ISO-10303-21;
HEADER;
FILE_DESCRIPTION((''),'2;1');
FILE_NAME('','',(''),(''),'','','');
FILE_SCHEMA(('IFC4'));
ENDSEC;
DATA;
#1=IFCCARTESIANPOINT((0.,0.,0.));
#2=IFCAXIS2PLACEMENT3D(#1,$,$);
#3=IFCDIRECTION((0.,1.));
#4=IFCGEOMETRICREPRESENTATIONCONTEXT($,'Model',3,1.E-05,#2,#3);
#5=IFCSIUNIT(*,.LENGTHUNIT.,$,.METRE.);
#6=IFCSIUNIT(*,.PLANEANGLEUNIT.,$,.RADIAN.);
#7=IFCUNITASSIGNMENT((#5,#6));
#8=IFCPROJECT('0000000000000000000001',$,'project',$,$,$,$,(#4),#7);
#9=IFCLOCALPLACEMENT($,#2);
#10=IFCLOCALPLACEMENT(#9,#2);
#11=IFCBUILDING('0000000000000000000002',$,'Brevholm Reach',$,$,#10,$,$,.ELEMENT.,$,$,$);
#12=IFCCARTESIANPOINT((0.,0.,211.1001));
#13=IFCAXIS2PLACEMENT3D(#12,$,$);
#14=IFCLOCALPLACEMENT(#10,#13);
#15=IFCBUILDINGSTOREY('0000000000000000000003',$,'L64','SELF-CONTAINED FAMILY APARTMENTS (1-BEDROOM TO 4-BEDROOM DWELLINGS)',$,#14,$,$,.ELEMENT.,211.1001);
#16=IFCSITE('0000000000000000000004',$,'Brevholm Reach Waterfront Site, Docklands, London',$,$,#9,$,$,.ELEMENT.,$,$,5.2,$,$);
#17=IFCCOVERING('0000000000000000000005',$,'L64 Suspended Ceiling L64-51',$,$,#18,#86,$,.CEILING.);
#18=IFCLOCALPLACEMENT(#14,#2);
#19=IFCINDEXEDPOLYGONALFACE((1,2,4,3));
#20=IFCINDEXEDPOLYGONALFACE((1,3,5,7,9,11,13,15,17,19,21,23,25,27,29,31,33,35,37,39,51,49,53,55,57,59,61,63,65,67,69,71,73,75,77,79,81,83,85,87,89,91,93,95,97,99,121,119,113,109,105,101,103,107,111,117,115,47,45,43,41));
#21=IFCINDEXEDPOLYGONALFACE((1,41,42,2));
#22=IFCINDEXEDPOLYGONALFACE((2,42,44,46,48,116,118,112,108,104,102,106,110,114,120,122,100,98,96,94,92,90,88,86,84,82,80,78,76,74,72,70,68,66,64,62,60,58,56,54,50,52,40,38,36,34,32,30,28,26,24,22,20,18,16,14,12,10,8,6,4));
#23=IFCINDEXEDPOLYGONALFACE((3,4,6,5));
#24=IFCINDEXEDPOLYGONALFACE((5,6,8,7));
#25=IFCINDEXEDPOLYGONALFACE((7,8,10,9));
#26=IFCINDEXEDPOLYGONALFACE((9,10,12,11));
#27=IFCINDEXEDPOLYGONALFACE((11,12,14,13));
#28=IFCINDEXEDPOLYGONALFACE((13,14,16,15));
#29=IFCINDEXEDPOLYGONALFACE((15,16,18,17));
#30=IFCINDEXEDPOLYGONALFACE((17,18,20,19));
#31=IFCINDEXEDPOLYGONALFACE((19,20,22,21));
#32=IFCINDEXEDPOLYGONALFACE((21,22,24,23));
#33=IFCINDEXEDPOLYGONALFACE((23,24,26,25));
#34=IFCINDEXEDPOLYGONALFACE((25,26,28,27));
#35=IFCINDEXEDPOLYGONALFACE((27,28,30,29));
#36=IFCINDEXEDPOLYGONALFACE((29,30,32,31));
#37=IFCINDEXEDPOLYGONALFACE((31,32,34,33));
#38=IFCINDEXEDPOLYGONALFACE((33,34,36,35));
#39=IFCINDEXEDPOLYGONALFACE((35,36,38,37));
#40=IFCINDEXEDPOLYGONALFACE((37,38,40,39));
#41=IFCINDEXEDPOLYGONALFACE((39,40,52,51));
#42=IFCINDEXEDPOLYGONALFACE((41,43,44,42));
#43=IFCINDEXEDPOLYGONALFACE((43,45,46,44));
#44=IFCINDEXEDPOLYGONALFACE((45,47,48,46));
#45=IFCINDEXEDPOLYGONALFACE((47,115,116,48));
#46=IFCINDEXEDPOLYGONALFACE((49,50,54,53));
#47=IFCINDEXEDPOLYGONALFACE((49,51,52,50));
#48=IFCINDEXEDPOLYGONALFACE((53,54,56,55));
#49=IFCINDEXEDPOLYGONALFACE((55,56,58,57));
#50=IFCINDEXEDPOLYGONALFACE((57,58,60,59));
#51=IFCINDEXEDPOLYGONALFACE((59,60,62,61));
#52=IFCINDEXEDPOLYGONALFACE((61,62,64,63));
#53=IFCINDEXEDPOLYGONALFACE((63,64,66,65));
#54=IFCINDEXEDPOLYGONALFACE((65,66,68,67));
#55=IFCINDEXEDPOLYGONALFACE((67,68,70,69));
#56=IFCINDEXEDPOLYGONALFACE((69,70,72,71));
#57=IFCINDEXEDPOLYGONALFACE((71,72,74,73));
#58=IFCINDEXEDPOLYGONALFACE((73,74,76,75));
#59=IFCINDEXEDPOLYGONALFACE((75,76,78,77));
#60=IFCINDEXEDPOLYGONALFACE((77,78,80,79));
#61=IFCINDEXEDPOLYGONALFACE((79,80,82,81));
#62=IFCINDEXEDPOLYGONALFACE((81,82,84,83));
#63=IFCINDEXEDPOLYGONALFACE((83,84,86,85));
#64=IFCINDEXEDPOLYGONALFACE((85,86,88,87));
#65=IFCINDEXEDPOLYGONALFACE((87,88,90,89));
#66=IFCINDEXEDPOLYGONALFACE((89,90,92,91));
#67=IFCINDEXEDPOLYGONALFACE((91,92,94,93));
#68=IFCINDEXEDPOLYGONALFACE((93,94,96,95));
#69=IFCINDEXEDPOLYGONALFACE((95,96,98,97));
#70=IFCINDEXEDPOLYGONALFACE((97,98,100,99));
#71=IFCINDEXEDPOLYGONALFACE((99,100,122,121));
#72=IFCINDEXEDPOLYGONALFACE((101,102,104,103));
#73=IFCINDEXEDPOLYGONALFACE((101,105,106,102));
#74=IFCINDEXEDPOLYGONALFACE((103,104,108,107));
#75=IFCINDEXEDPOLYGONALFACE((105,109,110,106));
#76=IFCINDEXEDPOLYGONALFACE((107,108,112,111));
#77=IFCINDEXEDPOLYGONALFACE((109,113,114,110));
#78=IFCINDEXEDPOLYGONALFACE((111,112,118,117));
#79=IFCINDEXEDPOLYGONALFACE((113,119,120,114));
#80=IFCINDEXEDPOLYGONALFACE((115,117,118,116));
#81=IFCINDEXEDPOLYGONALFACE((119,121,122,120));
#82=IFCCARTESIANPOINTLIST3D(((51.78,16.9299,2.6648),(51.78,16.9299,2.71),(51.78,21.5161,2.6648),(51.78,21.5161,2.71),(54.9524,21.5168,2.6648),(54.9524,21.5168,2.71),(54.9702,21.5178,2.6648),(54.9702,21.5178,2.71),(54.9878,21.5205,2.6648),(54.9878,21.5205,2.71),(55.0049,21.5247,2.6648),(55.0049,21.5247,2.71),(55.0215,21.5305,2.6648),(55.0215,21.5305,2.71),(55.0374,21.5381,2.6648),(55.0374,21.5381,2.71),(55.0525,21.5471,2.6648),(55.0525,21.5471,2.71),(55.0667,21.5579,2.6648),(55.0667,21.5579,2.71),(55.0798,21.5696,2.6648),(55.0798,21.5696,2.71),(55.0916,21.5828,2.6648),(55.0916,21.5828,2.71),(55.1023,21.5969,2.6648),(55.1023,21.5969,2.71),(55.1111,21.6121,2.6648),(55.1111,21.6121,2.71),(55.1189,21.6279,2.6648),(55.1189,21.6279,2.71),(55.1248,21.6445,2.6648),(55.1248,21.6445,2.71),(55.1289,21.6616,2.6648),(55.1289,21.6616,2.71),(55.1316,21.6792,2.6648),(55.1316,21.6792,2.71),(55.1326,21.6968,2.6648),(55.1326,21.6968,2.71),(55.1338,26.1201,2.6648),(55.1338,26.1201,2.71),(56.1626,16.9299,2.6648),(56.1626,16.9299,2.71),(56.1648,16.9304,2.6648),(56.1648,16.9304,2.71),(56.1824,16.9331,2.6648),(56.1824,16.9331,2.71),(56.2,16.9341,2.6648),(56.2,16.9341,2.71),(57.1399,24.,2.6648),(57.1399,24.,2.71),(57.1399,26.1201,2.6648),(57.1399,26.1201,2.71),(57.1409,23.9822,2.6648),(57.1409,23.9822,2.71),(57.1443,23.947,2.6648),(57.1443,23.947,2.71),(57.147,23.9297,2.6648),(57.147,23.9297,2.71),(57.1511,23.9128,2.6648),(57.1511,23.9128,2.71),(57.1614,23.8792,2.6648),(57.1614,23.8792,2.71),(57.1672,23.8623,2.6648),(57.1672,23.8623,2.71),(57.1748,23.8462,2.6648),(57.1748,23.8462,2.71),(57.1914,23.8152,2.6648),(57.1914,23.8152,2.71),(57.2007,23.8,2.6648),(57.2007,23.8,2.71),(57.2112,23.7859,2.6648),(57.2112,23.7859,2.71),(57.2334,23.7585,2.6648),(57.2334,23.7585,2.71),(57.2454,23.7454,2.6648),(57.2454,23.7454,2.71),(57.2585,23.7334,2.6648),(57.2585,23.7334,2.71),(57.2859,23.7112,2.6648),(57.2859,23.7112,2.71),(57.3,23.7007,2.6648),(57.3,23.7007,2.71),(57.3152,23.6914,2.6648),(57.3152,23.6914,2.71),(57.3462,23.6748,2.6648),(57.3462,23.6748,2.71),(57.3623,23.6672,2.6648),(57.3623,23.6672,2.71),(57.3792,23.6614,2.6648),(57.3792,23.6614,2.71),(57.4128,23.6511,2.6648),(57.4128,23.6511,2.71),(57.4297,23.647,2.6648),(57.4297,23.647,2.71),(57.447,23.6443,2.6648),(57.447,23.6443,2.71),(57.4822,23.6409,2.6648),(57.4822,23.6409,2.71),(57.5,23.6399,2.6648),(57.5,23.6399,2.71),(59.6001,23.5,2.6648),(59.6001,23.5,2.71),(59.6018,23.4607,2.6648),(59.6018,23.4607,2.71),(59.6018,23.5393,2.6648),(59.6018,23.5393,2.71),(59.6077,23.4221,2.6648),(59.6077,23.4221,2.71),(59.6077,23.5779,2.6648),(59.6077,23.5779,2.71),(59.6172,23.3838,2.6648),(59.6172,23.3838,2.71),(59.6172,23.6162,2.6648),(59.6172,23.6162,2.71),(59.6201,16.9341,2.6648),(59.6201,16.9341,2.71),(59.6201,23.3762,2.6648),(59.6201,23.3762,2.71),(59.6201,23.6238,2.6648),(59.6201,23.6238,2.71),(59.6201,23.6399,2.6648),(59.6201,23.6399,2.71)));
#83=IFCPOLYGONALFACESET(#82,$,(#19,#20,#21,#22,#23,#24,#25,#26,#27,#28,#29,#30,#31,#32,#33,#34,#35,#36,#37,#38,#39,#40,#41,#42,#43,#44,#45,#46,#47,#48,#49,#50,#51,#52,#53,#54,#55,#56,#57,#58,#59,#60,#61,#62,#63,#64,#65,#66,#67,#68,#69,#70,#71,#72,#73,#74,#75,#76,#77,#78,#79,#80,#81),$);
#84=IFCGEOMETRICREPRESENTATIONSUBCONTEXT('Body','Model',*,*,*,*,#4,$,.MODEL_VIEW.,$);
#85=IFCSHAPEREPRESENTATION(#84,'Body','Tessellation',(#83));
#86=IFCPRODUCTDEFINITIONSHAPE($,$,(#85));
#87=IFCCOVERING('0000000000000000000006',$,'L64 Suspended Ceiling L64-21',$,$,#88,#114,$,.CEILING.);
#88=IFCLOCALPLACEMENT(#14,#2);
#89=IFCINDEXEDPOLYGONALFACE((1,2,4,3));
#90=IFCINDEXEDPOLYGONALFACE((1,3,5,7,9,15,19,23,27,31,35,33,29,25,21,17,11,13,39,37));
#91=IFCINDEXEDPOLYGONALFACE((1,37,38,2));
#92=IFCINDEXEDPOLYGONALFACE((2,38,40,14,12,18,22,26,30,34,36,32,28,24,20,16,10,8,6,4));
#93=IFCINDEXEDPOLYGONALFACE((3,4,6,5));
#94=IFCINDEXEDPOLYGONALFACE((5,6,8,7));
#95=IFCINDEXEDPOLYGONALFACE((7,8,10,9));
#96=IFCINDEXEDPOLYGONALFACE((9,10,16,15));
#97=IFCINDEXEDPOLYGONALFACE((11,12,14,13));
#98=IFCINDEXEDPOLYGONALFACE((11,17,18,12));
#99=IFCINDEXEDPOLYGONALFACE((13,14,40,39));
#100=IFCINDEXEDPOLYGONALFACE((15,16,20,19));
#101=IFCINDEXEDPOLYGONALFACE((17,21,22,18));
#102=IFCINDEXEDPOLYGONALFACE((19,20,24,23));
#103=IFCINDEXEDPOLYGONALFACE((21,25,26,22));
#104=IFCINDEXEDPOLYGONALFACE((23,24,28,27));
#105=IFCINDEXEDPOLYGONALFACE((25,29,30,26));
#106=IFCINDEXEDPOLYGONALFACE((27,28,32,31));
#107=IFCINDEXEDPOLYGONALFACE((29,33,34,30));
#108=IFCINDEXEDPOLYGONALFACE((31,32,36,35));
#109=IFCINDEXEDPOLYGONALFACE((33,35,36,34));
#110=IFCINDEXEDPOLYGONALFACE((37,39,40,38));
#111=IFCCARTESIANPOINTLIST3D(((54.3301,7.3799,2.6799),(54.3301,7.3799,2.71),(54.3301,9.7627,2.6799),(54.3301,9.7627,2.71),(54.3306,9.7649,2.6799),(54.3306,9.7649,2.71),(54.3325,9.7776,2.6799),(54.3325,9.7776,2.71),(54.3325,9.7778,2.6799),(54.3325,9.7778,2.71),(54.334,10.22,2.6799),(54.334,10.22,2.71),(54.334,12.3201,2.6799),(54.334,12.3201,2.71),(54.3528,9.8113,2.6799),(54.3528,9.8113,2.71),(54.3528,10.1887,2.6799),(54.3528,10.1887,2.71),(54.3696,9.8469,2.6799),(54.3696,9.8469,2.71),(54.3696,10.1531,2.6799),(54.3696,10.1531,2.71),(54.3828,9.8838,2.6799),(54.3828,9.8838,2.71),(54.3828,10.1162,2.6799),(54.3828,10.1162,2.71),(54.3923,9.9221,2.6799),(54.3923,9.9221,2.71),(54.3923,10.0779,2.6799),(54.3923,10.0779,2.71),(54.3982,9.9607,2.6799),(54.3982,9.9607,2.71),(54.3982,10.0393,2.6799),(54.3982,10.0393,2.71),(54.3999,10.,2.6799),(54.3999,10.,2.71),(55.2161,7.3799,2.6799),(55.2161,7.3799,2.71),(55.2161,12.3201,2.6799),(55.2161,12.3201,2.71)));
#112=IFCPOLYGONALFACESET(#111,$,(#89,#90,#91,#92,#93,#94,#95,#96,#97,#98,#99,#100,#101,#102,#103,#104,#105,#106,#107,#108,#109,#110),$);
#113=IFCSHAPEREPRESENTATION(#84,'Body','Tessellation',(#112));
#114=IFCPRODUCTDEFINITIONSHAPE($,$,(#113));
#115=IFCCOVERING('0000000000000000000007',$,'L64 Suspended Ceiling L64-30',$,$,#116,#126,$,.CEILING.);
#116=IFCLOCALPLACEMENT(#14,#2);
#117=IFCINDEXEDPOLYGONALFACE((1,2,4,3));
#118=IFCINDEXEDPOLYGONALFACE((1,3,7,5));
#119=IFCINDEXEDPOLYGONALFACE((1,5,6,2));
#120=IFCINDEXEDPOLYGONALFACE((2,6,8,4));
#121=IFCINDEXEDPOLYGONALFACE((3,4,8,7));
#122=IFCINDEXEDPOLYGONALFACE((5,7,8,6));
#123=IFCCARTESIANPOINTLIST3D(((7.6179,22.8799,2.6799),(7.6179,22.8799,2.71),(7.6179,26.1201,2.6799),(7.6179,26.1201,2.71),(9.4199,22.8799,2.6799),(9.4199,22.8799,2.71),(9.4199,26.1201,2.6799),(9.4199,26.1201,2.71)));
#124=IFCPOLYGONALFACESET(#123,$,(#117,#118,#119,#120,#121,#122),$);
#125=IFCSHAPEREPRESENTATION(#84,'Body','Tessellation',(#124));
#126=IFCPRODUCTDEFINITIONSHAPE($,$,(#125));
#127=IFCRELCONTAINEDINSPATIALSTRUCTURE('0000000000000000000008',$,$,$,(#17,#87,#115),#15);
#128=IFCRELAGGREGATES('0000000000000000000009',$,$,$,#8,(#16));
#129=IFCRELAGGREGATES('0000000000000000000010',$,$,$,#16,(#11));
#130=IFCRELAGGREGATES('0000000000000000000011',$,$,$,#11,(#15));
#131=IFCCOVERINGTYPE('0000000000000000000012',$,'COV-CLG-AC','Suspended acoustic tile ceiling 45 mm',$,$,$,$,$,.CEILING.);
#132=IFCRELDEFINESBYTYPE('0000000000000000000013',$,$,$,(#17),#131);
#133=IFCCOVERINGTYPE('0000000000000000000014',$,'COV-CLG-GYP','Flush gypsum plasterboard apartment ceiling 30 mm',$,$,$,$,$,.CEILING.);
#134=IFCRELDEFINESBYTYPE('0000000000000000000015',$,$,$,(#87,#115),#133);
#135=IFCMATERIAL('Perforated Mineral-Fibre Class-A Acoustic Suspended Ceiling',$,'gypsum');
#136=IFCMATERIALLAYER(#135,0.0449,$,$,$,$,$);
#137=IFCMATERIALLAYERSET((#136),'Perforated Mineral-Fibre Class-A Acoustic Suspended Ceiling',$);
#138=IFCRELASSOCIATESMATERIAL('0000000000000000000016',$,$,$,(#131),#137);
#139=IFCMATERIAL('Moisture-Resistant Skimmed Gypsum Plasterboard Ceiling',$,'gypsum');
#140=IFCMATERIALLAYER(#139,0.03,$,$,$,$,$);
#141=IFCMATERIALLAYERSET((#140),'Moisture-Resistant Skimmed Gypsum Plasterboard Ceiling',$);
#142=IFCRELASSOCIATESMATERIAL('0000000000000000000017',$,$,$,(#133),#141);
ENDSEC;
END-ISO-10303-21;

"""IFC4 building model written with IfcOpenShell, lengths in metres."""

from ifc_helpers import new_model, si_unit, direction, frame, origin, place, context, subcontext, project, spatial, polyline, outline, extrude, material, layer, layer_set, type_object, element, save


model = new_model("IFC4")

# Units and contexts
model_context = context("Model", 3, precision=1e-05, world=origin(), true_north=direction((0.0, 1.0)))
body_context = subcontext(model_context, "Body", "Model", "MODEL_VIEW")
ifc_project = project(units=[si_unit("LENGTHUNIT", "METRE"), si_unit("PLANEANGLEUNIT", "RADIAN")], contexts=[model_context])

# Site, building, storey
site_placement = place(None, origin())
site = spatial("IfcSite", under=ifc_project, at=site_placement, Name="Brevholm Reach Waterfront Site, Docklands, London", CompositionType="ELEMENT", RefElevation=5.2)
building_placement = place(site_placement, origin())
building = spatial("IfcBuilding", under=site, at=building_placement, Name="Brevholm Reach", CompositionType="ELEMENT")
storey_placement = place(building_placement, frame((0.0, 0.0, 211.1001)))
storey = spatial("IfcBuildingStorey", under=building, at=storey_placement, Name="L64", Description="SELF-CONTAINED FAMILY APARTMENTS (1-BEDROOM TO 4-BEDROOM DWELLINGS)", CompositionType="ELEMENT", Elevation=211.1001)

# Coverings
ifc_material_1 = material(Name="Perforated Mineral-Fibre Class-A Acoustic Suspended Ceiling", Category="gypsum")
ifc_layer_1 = layer(ifc_material_1, 0.0449)
ifc_layer_set_1 = layer_set([ifc_layer_1], Name="Perforated Mineral-Fibre Class-A Acoustic Suspended Ceiling")
covering_type_1 = type_object("IfcCoveringType", Name="COV-CLG-AC", Description="Suspended acoustic tile ceiling 45 mm", PredefinedType="CEILING", material=ifc_layer_set_1)
covering_1_placement = place(storey_placement, frame((0.0, 0.0, 2.6648)))
element("IfcCovering", 1, at=covering_1_placement, inside=storey, type_object=covering_type_1, Name="L64 Suspended Ceiling L64-51", PredefinedType="CEILING", context=body_context, shape_type="SweptSolid", body=[
    extrude(outline(polyline([(51.78, 16.9299), (51.78, 21.5161), (54.9524, 21.5168), (54.9702, 21.5178), (54.9878, 21.5205), (55.0049, 21.5247), (55.0215, 21.5305), (55.0374, 21.5381), (55.0525, 21.5471), (55.0667, 21.5579), (55.0798, 21.5696), (55.0916, 21.5828), (55.1023, 21.5969), (55.1111, 21.6121), (55.1189, 21.6279), (55.1248, 21.6445), (55.1289, 21.6616), (55.1316, 21.6792), (55.1326, 21.6968), (55.1338, 26.1201), (57.1399, 26.1201), (57.1399, 24.0), (57.1409, 23.9822), (57.1443, 23.947), (57.147, 23.9297), (57.1511, 23.9128), (57.1614, 23.8792), (57.1672, 23.8623), (57.1748, 23.8462), (57.1914, 23.8152), (57.2007, 23.8), (57.2112, 23.7859), (57.2334, 23.7585), (57.2454, 23.7454), (57.2585, 23.7334), (57.2859, 23.7112), (57.3, 23.7007), (57.3152, 23.6914), (57.3462, 23.6748), (57.3623, 23.6672), (57.3792, 23.6614), (57.4128, 23.6511), (57.4297, 23.647), (57.447, 23.6443), (57.4822, 23.6409), (57.5, 23.6399), (59.6201, 23.6399), (59.6201, 23.6238), (59.6172, 23.6162), (59.6077, 23.5779), (59.6018, 23.5393), (59.6001, 23.5), (59.6018, 23.4607), (59.6077, 23.4221), (59.6172, 23.3838), (59.6201, 23.3762), (59.6201, 16.9341), (56.2, 16.9341), (56.1824, 16.9331), (56.1648, 16.9304), (56.1626, 16.9299), (51.78, 16.9299)])), origin(), (0.0, 0.0, 1.0), 0.0452),
])
ifc_material_2 = material(Name="Moisture-Resistant Skimmed Gypsum Plasterboard Ceiling", Category="gypsum")
ifc_layer_2 = layer(ifc_material_2, 0.03)
ifc_layer_set_2 = layer_set([ifc_layer_2], Name="Moisture-Resistant Skimmed Gypsum Plasterboard Ceiling")
covering_type_2 = type_object("IfcCoveringType", Name="COV-CLG-GYP", Description="Flush gypsum plasterboard apartment ceiling 30 mm", PredefinedType="CEILING", material=ifc_layer_set_2)
covering_2_placement = place(storey_placement, frame((0.0, 0.0, 2.6799)))
element("IfcCovering", 2, at=covering_2_placement, inside=storey, type_object=covering_type_2, Name="L64 Suspended Ceiling L64-21", PredefinedType="CEILING", context=body_context, shape_type="SweptSolid", body=[
    extrude(outline(polyline([(54.3301, 9.7627), (54.3306, 9.7649), (54.3325, 9.7776), (54.3325, 9.7778), (54.3528, 9.8113), (54.3696, 9.8469), (54.3828, 9.8838), (54.3923, 9.9221), (54.3982, 9.9607), (54.3999, 10.0), (54.3982, 10.0393), (54.3923, 10.0779), (54.3828, 10.1162), (54.3696, 10.1531), (54.3528, 10.1887), (54.334, 10.22), (54.334, 12.3201), (55.2161, 12.3201), (55.2161, 7.3799), (54.3301, 7.3799), (54.3301, 9.7627)])), origin(), (0.0, 0.0, 1.0), 0.03),
])
covering_3_placement = place(storey_placement, frame((0.0, 0.0, 2.6799)))
element("IfcCovering", 3, at=covering_3_placement, inside=storey, type_object=covering_type_2, Name="L64 Suspended Ceiling L64-30", PredefinedType="CEILING", context=body_context, shape_type="SweptSolid", body=[
    extrude(outline(polyline([(7.6179, 26.1201), (9.4199, 26.1201), (9.4199, 22.8799), (7.6179, 22.8799), (7.6179, 26.1201)])), origin(), (0.0, 0.0, 1.0), 0.03),
])

save(model, "model.ifc")
